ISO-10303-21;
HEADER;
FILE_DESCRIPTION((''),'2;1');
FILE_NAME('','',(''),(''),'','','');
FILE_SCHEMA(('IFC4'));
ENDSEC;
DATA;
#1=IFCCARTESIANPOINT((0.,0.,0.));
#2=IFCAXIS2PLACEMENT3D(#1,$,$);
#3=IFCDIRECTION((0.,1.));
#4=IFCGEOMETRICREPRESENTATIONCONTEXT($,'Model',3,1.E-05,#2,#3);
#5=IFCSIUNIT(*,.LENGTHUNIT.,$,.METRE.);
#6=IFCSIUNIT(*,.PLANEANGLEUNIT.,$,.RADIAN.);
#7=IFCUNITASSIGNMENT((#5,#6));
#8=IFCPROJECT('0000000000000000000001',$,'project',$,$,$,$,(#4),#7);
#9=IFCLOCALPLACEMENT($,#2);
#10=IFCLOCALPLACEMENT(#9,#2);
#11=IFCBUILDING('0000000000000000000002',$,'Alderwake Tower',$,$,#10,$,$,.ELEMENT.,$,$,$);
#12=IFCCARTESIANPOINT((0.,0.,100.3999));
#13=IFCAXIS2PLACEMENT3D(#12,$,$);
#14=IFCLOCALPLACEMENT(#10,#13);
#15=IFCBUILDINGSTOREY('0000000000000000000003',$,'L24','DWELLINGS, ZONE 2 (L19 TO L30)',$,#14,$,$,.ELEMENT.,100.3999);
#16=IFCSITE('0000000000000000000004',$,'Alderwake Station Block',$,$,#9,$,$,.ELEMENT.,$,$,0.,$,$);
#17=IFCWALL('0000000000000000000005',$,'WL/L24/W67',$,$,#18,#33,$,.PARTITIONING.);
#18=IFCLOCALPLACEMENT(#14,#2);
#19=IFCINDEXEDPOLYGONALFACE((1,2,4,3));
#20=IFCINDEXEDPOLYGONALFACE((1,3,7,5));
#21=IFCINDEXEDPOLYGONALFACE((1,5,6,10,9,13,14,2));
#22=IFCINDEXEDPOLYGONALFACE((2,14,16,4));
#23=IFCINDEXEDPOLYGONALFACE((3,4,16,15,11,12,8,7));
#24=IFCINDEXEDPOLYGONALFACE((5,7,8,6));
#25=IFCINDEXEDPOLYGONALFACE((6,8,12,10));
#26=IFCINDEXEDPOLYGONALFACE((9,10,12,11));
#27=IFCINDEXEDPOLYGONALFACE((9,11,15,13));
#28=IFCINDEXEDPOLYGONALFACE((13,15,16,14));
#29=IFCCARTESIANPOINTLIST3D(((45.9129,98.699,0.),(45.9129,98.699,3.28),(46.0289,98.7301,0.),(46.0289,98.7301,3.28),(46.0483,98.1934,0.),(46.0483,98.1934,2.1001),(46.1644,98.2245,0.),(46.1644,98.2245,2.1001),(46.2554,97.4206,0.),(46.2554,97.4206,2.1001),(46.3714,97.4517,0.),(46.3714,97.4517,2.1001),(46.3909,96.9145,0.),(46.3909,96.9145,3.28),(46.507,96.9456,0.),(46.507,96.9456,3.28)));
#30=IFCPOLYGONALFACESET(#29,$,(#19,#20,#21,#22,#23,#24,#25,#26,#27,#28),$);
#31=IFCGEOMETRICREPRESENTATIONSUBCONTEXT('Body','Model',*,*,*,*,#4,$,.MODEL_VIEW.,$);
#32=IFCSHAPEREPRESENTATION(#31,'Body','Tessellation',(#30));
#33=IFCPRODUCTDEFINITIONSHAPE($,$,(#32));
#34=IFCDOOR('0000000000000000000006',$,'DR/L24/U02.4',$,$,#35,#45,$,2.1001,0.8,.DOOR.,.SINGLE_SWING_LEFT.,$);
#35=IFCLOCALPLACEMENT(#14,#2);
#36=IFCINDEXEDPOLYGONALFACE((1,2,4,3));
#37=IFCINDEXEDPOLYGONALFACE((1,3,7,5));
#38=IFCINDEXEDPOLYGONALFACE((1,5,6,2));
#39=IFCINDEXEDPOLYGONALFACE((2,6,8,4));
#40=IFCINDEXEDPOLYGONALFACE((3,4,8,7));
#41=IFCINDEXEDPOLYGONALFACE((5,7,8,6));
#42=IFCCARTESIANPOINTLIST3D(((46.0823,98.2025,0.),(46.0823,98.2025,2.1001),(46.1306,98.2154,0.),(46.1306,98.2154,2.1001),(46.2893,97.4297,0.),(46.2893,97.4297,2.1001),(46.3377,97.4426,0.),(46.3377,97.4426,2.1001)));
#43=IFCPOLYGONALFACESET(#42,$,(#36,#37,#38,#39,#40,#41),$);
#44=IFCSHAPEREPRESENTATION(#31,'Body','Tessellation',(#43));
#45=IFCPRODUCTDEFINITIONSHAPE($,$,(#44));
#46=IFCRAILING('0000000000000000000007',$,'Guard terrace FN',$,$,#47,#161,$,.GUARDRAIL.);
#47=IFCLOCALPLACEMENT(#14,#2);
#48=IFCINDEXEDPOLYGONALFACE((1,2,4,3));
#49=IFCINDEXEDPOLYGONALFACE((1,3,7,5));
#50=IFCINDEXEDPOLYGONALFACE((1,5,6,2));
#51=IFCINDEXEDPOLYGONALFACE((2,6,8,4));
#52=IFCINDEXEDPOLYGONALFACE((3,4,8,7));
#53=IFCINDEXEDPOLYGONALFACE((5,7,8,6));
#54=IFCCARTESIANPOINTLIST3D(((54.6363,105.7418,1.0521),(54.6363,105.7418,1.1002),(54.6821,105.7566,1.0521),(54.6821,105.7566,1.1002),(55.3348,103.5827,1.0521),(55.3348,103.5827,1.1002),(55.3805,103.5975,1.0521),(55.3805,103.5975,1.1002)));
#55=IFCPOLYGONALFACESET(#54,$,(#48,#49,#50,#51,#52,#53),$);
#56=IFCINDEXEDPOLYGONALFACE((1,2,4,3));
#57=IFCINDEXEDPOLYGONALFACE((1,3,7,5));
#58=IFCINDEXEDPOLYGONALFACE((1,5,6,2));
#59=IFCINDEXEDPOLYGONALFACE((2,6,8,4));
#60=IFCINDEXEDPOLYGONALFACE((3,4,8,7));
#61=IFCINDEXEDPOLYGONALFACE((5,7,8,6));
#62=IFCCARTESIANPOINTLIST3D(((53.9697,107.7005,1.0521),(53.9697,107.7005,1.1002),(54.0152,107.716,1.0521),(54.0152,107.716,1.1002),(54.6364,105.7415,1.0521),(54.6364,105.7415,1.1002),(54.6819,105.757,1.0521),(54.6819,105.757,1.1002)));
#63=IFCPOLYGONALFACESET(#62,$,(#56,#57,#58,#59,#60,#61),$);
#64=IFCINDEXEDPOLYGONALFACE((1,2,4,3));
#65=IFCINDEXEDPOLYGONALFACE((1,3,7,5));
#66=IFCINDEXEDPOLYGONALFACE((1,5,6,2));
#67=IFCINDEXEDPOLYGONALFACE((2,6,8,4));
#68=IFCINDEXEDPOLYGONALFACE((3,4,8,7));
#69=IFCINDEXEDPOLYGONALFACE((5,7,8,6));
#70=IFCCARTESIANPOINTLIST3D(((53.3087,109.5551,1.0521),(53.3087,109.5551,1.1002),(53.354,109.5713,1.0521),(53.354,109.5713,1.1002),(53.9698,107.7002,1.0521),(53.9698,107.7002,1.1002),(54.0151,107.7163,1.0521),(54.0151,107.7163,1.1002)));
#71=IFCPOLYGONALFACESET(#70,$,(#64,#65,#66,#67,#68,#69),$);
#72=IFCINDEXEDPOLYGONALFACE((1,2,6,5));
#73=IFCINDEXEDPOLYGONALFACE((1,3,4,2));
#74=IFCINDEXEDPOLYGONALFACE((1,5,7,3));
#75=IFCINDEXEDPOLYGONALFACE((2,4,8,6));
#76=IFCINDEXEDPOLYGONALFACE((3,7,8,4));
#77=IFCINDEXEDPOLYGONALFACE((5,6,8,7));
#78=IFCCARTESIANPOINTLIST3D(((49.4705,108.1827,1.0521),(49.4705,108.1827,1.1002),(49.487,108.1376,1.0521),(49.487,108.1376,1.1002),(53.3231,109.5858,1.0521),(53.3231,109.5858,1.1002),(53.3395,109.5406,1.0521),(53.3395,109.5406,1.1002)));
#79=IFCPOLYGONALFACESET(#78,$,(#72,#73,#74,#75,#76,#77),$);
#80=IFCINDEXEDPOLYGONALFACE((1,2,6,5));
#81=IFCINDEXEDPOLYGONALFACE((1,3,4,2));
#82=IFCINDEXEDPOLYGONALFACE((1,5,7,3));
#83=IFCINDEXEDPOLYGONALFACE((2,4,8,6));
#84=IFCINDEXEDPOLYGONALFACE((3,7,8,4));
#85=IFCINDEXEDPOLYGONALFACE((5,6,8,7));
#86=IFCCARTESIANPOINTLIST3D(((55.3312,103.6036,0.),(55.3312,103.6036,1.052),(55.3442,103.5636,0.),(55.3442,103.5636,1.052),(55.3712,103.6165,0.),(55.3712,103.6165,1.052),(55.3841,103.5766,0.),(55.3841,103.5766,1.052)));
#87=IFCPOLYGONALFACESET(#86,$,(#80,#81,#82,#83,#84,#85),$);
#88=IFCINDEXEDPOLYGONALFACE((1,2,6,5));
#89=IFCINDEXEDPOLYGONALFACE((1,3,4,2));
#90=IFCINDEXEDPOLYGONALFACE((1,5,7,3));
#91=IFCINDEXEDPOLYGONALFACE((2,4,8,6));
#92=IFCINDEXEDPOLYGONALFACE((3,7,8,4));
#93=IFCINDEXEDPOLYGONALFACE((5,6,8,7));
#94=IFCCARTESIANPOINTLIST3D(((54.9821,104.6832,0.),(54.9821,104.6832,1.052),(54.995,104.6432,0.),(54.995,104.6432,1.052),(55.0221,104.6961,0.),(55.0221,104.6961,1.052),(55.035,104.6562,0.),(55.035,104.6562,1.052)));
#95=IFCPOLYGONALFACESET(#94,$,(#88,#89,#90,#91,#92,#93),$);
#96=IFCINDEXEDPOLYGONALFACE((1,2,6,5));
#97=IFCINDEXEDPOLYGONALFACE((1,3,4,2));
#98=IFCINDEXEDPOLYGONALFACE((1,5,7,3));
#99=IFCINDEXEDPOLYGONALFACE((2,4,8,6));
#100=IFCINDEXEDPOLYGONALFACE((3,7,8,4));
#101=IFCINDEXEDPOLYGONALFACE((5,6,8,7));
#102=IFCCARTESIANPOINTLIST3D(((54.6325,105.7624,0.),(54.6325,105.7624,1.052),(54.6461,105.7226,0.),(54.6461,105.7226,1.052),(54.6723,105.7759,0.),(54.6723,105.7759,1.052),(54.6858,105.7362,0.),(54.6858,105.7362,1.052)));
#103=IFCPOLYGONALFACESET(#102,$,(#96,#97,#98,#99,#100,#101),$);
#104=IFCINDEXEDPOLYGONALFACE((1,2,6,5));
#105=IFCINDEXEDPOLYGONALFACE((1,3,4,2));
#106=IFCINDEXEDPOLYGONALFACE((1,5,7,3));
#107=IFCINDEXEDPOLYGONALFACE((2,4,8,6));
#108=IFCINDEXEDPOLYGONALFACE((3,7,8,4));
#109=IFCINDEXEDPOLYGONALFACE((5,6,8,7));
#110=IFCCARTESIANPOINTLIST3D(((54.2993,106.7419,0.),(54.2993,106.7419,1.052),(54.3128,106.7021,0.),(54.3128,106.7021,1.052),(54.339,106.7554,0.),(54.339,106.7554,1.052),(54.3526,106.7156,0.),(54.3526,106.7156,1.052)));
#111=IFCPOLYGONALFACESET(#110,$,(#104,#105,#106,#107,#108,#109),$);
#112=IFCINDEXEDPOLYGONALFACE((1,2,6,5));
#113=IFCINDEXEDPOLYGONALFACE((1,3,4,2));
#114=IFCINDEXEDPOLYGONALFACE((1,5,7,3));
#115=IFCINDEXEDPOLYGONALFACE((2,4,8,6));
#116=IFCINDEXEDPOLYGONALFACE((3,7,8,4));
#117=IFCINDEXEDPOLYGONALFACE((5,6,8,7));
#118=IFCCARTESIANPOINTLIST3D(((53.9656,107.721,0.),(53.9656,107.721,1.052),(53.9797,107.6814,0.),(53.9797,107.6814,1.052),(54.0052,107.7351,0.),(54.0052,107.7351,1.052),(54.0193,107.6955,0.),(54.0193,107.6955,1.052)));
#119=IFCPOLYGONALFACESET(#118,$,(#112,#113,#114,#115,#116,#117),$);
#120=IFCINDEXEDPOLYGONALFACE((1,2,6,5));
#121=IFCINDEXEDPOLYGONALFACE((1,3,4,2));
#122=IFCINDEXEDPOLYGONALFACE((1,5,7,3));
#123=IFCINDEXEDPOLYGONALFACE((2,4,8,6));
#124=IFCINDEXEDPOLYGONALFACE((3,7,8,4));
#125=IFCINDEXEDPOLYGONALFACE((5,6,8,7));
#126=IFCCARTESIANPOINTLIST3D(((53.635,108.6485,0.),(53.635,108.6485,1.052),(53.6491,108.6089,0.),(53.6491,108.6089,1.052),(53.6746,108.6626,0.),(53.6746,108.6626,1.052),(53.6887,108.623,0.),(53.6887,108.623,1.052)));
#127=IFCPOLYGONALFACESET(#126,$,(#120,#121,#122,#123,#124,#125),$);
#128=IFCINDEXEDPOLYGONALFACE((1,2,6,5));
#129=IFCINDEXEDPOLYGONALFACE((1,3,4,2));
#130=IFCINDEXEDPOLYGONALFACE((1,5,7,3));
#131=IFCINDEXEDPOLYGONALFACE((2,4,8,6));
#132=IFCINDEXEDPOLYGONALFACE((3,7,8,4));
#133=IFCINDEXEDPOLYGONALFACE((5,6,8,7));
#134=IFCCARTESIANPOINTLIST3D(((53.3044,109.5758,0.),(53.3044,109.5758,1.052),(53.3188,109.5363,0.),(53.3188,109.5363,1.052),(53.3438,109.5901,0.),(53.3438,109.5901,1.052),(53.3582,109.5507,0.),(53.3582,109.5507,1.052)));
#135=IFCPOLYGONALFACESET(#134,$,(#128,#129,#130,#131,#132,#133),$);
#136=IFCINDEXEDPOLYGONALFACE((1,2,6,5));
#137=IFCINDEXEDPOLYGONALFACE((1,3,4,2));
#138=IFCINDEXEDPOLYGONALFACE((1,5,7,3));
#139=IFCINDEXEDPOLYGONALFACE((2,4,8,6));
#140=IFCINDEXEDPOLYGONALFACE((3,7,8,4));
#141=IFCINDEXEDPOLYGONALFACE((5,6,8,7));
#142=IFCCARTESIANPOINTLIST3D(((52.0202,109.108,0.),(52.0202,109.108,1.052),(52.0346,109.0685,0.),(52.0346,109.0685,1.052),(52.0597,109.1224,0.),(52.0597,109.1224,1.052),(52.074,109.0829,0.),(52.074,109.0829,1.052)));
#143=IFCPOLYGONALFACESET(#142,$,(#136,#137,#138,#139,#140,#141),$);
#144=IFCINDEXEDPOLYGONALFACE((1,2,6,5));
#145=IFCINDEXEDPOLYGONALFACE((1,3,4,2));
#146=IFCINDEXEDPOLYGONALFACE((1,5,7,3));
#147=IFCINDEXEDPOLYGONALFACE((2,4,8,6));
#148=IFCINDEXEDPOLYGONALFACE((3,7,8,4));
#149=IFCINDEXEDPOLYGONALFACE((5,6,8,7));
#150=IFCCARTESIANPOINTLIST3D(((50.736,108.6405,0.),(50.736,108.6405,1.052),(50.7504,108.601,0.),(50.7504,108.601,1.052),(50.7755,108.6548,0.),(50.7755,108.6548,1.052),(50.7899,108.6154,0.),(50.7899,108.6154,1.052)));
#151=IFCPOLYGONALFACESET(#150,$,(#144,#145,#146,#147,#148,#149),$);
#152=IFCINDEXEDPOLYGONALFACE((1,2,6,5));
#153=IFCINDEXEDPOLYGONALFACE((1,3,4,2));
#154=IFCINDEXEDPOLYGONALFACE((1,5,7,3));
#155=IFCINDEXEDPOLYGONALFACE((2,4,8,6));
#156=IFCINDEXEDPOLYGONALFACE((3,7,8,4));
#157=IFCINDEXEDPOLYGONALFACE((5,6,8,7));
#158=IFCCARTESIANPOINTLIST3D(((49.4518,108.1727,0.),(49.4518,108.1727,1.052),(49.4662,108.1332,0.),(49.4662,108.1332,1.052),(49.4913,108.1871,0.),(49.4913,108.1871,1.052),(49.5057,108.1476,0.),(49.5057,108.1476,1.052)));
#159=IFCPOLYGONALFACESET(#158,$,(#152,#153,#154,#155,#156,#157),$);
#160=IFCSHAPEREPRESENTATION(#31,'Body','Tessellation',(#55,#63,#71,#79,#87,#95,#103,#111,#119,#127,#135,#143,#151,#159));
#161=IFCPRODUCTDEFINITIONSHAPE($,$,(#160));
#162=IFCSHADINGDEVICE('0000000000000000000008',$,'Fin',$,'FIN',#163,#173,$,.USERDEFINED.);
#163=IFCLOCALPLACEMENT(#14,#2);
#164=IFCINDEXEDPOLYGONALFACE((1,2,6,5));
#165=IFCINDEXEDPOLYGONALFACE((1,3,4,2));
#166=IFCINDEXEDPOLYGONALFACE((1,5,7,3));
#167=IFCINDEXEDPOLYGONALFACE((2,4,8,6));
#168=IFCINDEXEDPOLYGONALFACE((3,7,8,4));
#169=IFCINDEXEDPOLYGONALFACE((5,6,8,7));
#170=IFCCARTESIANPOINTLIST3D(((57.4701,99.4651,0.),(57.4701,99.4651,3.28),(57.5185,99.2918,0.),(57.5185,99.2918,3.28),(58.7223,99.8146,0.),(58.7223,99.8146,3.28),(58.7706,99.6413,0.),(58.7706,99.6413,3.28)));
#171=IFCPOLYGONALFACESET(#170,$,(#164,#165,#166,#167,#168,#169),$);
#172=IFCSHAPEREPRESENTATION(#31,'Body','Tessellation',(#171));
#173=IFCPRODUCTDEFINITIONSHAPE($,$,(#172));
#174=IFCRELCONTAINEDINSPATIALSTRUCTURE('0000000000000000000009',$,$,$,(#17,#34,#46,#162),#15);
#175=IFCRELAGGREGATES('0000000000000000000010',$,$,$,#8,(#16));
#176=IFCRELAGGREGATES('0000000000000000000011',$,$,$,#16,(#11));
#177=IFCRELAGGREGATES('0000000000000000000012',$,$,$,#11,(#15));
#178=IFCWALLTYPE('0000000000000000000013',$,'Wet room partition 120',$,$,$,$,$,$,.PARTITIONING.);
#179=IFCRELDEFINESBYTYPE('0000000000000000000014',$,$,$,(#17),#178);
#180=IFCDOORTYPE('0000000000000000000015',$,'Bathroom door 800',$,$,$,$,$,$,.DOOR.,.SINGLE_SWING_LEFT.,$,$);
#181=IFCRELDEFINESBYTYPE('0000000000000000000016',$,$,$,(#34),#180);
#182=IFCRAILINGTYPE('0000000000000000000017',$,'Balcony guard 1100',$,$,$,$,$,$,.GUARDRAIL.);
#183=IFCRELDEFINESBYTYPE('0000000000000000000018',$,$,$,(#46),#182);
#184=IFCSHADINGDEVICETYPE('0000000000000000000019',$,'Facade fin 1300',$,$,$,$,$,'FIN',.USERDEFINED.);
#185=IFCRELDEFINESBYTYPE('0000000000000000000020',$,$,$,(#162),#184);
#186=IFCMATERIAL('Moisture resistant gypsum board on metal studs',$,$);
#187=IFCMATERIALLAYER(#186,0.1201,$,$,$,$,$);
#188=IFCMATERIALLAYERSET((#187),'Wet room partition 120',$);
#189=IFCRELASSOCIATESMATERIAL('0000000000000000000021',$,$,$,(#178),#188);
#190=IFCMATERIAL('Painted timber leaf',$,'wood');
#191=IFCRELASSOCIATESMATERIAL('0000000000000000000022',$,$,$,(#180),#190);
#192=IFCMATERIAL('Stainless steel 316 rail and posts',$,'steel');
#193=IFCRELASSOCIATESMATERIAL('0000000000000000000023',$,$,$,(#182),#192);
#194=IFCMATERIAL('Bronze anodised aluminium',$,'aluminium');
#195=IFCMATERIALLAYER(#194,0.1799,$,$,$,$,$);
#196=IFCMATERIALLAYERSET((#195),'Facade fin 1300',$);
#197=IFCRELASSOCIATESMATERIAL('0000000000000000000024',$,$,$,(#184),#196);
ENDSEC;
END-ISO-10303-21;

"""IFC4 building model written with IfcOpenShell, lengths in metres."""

from ifc_helpers import new_model, si_unit, direction, frame, frame_2d, origin, origin_2d, place, context, subcontext, project, spatial, rectangle, extrude, material, layer, layer_set, type_object, element, fill, save


model = new_model("IFC4")

# Units and contexts
model_context = context("Model", 3, precision=1e-05, world=origin(), true_north=direction((0.0, 1.0)))
body_context = subcontext(model_context, "Body", "Model", "MODEL_VIEW")
ifc_project = project(units=[si_unit("LENGTHUNIT", "METRE"), si_unit("PLANEANGLEUNIT", "RADIAN")], contexts=[model_context])

# Site, building, storey
site_placement = place(None, origin())
site = spatial("IfcSite", under=ifc_project, at=site_placement, Name="Alderwake Station Block", CompositionType="ELEMENT", RefElevation=0.0)
building_placement = place(site_placement, origin())
building = spatial("IfcBuilding", under=site, at=building_placement, Name="Alderwake Tower", CompositionType="ELEMENT")
storey_placement = place(building_placement, frame((0.0, 0.0, 100.3999)))
storey = spatial("IfcBuildingStorey", under=building, at=storey_placement, Name="L24", Description="DWELLINGS, ZONE 2 (L19 TO L30)", CompositionType="ELEMENT", Elevation=100.3999)

# Wall, opening, door
ifc_material_1 = material(Name="Moisture resistant gypsum board on metal studs")
ifc_layer_1 = layer(ifc_material_1, 0.1201)
ifc_layer_set_1 = layer_set([ifc_layer_1], Name="Wet room partition 120")
wall_type_1 = type_object("IfcWallType", Name="Wet room partition 120", PredefinedType="PARTITIONING", material=ifc_layer_set_1)
wall_1_placement = place(storey_placement, frame((46.449, 96.9299, 0.0), z_axis=(0.0, 0.0, 1.0), x_axis=(-0.258765, 0.96594, 0.0)))
wall_1 = element("IfcWall", 1, at=wall_1_placement, inside=storey, type_object=wall_type_1, Name="WL/L24/W67", PredefinedType="PARTITIONING", context=body_context, shape_type="SweptSolid", body=[
    extrude(rectangle(XDim=1.8474, YDim=0.1201, at=frame_2d((0.9238, 0.0))), origin(), (0.0, 0.0, 1.0), 3.28),
])
opening_1_placement = place(wall_1_placement, frame((0.5242, 0.0, 0.0)))
opening_1 = element("IfcOpeningElement", 2, at=opening_1_placement, cuts=wall_1, PredefinedType="OPENING", context=body_context, shape_type="SweptSolid", body=[
    extrude(rectangle(XDim=0.8, YDim=2.1001, at=frame_2d((0.3999, 1.05))), frame((0.0, 0.0701, 0.0), z_axis=(0.0, -1.0, 0.0), x_axis=(1.0, 0.0, 0.0)), (0.0, 0.0, 1.0), 0.1401),
])
ifc_material_2 = material(Name="Painted timber leaf", Category="wood")
door_type_1 = type_object("IfcDoorType", Name="Bathroom door 800", OperationType="SINGLE_SWING_LEFT", PredefinedType="DOOR", material=ifc_material_2)
door_1_placement = place(opening_1_placement, origin())
door_1 = element("IfcDoor", 3, at=door_1_placement, inside=storey, type_object=door_type_1, Name="DR/L24/U02.4", OperationType="SINGLE_SWING_LEFT", OverallHeight=2.1001, OverallWidth=0.8, PredefinedType="DOOR", context=body_context, shape_type="SweptSolid", body=[
    extrude(rectangle(XDim=0.8, YDim=2.1001, at=frame_2d((0.3999, 1.05))), frame((0.0, 0.0249, 0.0), z_axis=(0.0, -1.0, 0.0), x_axis=(1.0, 0.0, 0.0)), (0.0, 0.0, 1.0), 0.05),
])
fill(opening_1, door_1)

# Railing
ifc_material_3 = material(Name="Stainless steel 316 rail and posts", Category="steel")
railing_type_1 = type_object("IfcRailingType", Name="Balcony guard 1100", PredefinedType="GUARDRAIL", material=ifc_material_3)
railing_1_placement = place(storey_placement, frame((55.3577, 103.5901, 0.0)))
element("IfcRailing", 4, at=railing_1_placement, inside=storey, type_object=railing_type_1, Name="Guard terrace FN", PredefinedType="GUARDRAIL", context=body_context, shape_type="SweptSolid", body=[
    extrude(rectangle(XDim=0.0481, YDim=0.0481, at=origin_2d()), frame((0.0, 0.0, 1.0762), z_axis=(-0.307792, 0.951454, 0.0), x_axis=(-0.951454, -0.307792, 0.0)), (0.0, 0.0, 1.0), 2.2693),
    extrude(rectangle(XDim=0.0481, YDim=0.0481, at=origin_2d()), frame((-0.6985, 2.1592, 1.0762), z_axis=(-0.322203, 0.946671, 0.0), x_axis=(-0.946671, -0.322203, 0.0)), (0.0, 0.0, 1.0), 2.0693),
    extrude(rectangle(XDim=0.0481, YDim=0.0481, at=origin_2d()), frame((-1.3652, 4.1182, 1.0762), z_axis=(-0.335724, 0.94196, 0.0), x_axis=(-0.94196, -0.335724, 0.0)), (0.0, 0.0, 1.0), 1.9692),
    extrude(rectangle(XDim=0.0481, YDim=0.0481, at=origin_2d()), frame((-2.0264, 5.9731, 1.0762), z_axis=(-0.939625, -0.342207, 0.0), x_axis=(0.342207, -0.939625, 0.0)), (0.0, 0.0, 1.0), 4.1001),
    extrude(rectangle(XDim=0.042, YDim=0.042, at=origin_2d()), frame((0.0, 0.0, 0.0), z_axis=(0.0, 0.0, 1.0), x_axis=(-0.307792, 0.951454, 0.0)), (0.0, 0.0, 1.0), 1.052),
    extrude(rectangle(XDim=0.042, YDim=0.042, at=origin_2d()), frame((-0.3491, 1.0796, 0.0), z_axis=(0.0, 0.0, 1.0), x_axis=(-0.307792, 0.951454, 0.0)), (0.0, 0.0, 1.0), 1.052),
    extrude(rectangle(XDim=0.042, YDim=0.042, at=origin_2d()), frame((-0.6985, 2.1592, 0.0), z_axis=(0.0, 0.0, 1.0), x_axis=(-0.322203, 0.946671, 0.0)), (0.0, 0.0, 1.0), 1.052),
    extrude(rectangle(XDim=0.042, YDim=0.042, at=origin_2d()), frame((-1.0317, 3.1387, 0.0), z_axis=(0.0, 0.0, 1.0), x_axis=(-0.322203, 0.946671, 0.0)), (0.0, 0.0, 1.0), 1.052),
    extrude(rectangle(XDim=0.042, YDim=0.042, at=origin_2d()), frame((-1.3652, 4.1182, 0.0), z_axis=(0.0, 0.0, 1.0), x_axis=(-0.335724, 0.94196, 0.0)), (0.0, 0.0, 1.0), 1.052),
    extrude(rectangle(XDim=0.042, YDim=0.042, at=origin_2d()), frame((-1.6958, 5.0457, 0.0), z_axis=(0.0, 0.0, 1.0), x_axis=(-0.335724, 0.94196, 0.0)), (0.0, 0.0, 1.0), 1.052),
    extrude(rectangle(XDim=0.042, YDim=0.042, at=origin_2d()), frame((-2.0264, 5.9731, 0.0), z_axis=(0.0, 0.0, 1.0), x_axis=(-0.939625, -0.342207, 0.0)), (0.0, 0.0, 1.0), 1.052),
    extrude(rectangle(XDim=0.042, YDim=0.042, at=origin_2d()), frame((-3.3105, 5.5054, 0.0), z_axis=(0.0, 0.0, 1.0), x_axis=(-0.939625, -0.342207, 0.0)), (0.0, 0.0, 1.0), 1.052),
    extrude(rectangle(XDim=0.042, YDim=0.042, at=origin_2d()), frame((-4.5947, 5.0378, 0.0), z_axis=(0.0, 0.0, 1.0), x_axis=(-0.939625, -0.342207, 0.0)), (0.0, 0.0, 1.0), 1.052),
    extrude(rectangle(XDim=0.042, YDim=0.042, at=origin_2d()), frame((-5.8789, 4.5701, 0.0), z_axis=(0.0, 0.0, 1.0), x_axis=(-0.939625, -0.342207, 0.0)), (0.0, 0.0, 1.0), 1.052),
])

# Shading device
ifc_material_4 = material(Name="Bronze anodised aluminium", Category="aluminium")
ifc_layer_2 = layer(ifc_material_4, 0.1799)
ifc_layer_set_2 = layer_set([ifc_layer_2], Name="Facade fin 1300")
shading_device_type = type_object("IfcShadingDeviceType", Name="Facade fin 1300", ElementType="FIN", PredefinedType="USERDEFINED", material=ifc_layer_set_2)
shading_device_placement = place(storey_placement, frame((58.1204, 99.5532, 0.0), z_axis=(0.0, 0.0, 1.0), x_axis=(0.963182, 0.268851, 0.0)))
element("IfcShadingDevice", 5, at=shading_device_placement, inside=storey, type_object=shading_device_type, Name="Fin", ObjectType="FIN", PredefinedType="USERDEFINED", context=body_context, shape_type="SweptSolid", body=[
    extrude(rectangle(XDim=1.3, YDim=0.1799, at=origin_2d()), origin(), (0.0, 0.0, 1.0), 3.28),
])

save(model, "model.ifc")
